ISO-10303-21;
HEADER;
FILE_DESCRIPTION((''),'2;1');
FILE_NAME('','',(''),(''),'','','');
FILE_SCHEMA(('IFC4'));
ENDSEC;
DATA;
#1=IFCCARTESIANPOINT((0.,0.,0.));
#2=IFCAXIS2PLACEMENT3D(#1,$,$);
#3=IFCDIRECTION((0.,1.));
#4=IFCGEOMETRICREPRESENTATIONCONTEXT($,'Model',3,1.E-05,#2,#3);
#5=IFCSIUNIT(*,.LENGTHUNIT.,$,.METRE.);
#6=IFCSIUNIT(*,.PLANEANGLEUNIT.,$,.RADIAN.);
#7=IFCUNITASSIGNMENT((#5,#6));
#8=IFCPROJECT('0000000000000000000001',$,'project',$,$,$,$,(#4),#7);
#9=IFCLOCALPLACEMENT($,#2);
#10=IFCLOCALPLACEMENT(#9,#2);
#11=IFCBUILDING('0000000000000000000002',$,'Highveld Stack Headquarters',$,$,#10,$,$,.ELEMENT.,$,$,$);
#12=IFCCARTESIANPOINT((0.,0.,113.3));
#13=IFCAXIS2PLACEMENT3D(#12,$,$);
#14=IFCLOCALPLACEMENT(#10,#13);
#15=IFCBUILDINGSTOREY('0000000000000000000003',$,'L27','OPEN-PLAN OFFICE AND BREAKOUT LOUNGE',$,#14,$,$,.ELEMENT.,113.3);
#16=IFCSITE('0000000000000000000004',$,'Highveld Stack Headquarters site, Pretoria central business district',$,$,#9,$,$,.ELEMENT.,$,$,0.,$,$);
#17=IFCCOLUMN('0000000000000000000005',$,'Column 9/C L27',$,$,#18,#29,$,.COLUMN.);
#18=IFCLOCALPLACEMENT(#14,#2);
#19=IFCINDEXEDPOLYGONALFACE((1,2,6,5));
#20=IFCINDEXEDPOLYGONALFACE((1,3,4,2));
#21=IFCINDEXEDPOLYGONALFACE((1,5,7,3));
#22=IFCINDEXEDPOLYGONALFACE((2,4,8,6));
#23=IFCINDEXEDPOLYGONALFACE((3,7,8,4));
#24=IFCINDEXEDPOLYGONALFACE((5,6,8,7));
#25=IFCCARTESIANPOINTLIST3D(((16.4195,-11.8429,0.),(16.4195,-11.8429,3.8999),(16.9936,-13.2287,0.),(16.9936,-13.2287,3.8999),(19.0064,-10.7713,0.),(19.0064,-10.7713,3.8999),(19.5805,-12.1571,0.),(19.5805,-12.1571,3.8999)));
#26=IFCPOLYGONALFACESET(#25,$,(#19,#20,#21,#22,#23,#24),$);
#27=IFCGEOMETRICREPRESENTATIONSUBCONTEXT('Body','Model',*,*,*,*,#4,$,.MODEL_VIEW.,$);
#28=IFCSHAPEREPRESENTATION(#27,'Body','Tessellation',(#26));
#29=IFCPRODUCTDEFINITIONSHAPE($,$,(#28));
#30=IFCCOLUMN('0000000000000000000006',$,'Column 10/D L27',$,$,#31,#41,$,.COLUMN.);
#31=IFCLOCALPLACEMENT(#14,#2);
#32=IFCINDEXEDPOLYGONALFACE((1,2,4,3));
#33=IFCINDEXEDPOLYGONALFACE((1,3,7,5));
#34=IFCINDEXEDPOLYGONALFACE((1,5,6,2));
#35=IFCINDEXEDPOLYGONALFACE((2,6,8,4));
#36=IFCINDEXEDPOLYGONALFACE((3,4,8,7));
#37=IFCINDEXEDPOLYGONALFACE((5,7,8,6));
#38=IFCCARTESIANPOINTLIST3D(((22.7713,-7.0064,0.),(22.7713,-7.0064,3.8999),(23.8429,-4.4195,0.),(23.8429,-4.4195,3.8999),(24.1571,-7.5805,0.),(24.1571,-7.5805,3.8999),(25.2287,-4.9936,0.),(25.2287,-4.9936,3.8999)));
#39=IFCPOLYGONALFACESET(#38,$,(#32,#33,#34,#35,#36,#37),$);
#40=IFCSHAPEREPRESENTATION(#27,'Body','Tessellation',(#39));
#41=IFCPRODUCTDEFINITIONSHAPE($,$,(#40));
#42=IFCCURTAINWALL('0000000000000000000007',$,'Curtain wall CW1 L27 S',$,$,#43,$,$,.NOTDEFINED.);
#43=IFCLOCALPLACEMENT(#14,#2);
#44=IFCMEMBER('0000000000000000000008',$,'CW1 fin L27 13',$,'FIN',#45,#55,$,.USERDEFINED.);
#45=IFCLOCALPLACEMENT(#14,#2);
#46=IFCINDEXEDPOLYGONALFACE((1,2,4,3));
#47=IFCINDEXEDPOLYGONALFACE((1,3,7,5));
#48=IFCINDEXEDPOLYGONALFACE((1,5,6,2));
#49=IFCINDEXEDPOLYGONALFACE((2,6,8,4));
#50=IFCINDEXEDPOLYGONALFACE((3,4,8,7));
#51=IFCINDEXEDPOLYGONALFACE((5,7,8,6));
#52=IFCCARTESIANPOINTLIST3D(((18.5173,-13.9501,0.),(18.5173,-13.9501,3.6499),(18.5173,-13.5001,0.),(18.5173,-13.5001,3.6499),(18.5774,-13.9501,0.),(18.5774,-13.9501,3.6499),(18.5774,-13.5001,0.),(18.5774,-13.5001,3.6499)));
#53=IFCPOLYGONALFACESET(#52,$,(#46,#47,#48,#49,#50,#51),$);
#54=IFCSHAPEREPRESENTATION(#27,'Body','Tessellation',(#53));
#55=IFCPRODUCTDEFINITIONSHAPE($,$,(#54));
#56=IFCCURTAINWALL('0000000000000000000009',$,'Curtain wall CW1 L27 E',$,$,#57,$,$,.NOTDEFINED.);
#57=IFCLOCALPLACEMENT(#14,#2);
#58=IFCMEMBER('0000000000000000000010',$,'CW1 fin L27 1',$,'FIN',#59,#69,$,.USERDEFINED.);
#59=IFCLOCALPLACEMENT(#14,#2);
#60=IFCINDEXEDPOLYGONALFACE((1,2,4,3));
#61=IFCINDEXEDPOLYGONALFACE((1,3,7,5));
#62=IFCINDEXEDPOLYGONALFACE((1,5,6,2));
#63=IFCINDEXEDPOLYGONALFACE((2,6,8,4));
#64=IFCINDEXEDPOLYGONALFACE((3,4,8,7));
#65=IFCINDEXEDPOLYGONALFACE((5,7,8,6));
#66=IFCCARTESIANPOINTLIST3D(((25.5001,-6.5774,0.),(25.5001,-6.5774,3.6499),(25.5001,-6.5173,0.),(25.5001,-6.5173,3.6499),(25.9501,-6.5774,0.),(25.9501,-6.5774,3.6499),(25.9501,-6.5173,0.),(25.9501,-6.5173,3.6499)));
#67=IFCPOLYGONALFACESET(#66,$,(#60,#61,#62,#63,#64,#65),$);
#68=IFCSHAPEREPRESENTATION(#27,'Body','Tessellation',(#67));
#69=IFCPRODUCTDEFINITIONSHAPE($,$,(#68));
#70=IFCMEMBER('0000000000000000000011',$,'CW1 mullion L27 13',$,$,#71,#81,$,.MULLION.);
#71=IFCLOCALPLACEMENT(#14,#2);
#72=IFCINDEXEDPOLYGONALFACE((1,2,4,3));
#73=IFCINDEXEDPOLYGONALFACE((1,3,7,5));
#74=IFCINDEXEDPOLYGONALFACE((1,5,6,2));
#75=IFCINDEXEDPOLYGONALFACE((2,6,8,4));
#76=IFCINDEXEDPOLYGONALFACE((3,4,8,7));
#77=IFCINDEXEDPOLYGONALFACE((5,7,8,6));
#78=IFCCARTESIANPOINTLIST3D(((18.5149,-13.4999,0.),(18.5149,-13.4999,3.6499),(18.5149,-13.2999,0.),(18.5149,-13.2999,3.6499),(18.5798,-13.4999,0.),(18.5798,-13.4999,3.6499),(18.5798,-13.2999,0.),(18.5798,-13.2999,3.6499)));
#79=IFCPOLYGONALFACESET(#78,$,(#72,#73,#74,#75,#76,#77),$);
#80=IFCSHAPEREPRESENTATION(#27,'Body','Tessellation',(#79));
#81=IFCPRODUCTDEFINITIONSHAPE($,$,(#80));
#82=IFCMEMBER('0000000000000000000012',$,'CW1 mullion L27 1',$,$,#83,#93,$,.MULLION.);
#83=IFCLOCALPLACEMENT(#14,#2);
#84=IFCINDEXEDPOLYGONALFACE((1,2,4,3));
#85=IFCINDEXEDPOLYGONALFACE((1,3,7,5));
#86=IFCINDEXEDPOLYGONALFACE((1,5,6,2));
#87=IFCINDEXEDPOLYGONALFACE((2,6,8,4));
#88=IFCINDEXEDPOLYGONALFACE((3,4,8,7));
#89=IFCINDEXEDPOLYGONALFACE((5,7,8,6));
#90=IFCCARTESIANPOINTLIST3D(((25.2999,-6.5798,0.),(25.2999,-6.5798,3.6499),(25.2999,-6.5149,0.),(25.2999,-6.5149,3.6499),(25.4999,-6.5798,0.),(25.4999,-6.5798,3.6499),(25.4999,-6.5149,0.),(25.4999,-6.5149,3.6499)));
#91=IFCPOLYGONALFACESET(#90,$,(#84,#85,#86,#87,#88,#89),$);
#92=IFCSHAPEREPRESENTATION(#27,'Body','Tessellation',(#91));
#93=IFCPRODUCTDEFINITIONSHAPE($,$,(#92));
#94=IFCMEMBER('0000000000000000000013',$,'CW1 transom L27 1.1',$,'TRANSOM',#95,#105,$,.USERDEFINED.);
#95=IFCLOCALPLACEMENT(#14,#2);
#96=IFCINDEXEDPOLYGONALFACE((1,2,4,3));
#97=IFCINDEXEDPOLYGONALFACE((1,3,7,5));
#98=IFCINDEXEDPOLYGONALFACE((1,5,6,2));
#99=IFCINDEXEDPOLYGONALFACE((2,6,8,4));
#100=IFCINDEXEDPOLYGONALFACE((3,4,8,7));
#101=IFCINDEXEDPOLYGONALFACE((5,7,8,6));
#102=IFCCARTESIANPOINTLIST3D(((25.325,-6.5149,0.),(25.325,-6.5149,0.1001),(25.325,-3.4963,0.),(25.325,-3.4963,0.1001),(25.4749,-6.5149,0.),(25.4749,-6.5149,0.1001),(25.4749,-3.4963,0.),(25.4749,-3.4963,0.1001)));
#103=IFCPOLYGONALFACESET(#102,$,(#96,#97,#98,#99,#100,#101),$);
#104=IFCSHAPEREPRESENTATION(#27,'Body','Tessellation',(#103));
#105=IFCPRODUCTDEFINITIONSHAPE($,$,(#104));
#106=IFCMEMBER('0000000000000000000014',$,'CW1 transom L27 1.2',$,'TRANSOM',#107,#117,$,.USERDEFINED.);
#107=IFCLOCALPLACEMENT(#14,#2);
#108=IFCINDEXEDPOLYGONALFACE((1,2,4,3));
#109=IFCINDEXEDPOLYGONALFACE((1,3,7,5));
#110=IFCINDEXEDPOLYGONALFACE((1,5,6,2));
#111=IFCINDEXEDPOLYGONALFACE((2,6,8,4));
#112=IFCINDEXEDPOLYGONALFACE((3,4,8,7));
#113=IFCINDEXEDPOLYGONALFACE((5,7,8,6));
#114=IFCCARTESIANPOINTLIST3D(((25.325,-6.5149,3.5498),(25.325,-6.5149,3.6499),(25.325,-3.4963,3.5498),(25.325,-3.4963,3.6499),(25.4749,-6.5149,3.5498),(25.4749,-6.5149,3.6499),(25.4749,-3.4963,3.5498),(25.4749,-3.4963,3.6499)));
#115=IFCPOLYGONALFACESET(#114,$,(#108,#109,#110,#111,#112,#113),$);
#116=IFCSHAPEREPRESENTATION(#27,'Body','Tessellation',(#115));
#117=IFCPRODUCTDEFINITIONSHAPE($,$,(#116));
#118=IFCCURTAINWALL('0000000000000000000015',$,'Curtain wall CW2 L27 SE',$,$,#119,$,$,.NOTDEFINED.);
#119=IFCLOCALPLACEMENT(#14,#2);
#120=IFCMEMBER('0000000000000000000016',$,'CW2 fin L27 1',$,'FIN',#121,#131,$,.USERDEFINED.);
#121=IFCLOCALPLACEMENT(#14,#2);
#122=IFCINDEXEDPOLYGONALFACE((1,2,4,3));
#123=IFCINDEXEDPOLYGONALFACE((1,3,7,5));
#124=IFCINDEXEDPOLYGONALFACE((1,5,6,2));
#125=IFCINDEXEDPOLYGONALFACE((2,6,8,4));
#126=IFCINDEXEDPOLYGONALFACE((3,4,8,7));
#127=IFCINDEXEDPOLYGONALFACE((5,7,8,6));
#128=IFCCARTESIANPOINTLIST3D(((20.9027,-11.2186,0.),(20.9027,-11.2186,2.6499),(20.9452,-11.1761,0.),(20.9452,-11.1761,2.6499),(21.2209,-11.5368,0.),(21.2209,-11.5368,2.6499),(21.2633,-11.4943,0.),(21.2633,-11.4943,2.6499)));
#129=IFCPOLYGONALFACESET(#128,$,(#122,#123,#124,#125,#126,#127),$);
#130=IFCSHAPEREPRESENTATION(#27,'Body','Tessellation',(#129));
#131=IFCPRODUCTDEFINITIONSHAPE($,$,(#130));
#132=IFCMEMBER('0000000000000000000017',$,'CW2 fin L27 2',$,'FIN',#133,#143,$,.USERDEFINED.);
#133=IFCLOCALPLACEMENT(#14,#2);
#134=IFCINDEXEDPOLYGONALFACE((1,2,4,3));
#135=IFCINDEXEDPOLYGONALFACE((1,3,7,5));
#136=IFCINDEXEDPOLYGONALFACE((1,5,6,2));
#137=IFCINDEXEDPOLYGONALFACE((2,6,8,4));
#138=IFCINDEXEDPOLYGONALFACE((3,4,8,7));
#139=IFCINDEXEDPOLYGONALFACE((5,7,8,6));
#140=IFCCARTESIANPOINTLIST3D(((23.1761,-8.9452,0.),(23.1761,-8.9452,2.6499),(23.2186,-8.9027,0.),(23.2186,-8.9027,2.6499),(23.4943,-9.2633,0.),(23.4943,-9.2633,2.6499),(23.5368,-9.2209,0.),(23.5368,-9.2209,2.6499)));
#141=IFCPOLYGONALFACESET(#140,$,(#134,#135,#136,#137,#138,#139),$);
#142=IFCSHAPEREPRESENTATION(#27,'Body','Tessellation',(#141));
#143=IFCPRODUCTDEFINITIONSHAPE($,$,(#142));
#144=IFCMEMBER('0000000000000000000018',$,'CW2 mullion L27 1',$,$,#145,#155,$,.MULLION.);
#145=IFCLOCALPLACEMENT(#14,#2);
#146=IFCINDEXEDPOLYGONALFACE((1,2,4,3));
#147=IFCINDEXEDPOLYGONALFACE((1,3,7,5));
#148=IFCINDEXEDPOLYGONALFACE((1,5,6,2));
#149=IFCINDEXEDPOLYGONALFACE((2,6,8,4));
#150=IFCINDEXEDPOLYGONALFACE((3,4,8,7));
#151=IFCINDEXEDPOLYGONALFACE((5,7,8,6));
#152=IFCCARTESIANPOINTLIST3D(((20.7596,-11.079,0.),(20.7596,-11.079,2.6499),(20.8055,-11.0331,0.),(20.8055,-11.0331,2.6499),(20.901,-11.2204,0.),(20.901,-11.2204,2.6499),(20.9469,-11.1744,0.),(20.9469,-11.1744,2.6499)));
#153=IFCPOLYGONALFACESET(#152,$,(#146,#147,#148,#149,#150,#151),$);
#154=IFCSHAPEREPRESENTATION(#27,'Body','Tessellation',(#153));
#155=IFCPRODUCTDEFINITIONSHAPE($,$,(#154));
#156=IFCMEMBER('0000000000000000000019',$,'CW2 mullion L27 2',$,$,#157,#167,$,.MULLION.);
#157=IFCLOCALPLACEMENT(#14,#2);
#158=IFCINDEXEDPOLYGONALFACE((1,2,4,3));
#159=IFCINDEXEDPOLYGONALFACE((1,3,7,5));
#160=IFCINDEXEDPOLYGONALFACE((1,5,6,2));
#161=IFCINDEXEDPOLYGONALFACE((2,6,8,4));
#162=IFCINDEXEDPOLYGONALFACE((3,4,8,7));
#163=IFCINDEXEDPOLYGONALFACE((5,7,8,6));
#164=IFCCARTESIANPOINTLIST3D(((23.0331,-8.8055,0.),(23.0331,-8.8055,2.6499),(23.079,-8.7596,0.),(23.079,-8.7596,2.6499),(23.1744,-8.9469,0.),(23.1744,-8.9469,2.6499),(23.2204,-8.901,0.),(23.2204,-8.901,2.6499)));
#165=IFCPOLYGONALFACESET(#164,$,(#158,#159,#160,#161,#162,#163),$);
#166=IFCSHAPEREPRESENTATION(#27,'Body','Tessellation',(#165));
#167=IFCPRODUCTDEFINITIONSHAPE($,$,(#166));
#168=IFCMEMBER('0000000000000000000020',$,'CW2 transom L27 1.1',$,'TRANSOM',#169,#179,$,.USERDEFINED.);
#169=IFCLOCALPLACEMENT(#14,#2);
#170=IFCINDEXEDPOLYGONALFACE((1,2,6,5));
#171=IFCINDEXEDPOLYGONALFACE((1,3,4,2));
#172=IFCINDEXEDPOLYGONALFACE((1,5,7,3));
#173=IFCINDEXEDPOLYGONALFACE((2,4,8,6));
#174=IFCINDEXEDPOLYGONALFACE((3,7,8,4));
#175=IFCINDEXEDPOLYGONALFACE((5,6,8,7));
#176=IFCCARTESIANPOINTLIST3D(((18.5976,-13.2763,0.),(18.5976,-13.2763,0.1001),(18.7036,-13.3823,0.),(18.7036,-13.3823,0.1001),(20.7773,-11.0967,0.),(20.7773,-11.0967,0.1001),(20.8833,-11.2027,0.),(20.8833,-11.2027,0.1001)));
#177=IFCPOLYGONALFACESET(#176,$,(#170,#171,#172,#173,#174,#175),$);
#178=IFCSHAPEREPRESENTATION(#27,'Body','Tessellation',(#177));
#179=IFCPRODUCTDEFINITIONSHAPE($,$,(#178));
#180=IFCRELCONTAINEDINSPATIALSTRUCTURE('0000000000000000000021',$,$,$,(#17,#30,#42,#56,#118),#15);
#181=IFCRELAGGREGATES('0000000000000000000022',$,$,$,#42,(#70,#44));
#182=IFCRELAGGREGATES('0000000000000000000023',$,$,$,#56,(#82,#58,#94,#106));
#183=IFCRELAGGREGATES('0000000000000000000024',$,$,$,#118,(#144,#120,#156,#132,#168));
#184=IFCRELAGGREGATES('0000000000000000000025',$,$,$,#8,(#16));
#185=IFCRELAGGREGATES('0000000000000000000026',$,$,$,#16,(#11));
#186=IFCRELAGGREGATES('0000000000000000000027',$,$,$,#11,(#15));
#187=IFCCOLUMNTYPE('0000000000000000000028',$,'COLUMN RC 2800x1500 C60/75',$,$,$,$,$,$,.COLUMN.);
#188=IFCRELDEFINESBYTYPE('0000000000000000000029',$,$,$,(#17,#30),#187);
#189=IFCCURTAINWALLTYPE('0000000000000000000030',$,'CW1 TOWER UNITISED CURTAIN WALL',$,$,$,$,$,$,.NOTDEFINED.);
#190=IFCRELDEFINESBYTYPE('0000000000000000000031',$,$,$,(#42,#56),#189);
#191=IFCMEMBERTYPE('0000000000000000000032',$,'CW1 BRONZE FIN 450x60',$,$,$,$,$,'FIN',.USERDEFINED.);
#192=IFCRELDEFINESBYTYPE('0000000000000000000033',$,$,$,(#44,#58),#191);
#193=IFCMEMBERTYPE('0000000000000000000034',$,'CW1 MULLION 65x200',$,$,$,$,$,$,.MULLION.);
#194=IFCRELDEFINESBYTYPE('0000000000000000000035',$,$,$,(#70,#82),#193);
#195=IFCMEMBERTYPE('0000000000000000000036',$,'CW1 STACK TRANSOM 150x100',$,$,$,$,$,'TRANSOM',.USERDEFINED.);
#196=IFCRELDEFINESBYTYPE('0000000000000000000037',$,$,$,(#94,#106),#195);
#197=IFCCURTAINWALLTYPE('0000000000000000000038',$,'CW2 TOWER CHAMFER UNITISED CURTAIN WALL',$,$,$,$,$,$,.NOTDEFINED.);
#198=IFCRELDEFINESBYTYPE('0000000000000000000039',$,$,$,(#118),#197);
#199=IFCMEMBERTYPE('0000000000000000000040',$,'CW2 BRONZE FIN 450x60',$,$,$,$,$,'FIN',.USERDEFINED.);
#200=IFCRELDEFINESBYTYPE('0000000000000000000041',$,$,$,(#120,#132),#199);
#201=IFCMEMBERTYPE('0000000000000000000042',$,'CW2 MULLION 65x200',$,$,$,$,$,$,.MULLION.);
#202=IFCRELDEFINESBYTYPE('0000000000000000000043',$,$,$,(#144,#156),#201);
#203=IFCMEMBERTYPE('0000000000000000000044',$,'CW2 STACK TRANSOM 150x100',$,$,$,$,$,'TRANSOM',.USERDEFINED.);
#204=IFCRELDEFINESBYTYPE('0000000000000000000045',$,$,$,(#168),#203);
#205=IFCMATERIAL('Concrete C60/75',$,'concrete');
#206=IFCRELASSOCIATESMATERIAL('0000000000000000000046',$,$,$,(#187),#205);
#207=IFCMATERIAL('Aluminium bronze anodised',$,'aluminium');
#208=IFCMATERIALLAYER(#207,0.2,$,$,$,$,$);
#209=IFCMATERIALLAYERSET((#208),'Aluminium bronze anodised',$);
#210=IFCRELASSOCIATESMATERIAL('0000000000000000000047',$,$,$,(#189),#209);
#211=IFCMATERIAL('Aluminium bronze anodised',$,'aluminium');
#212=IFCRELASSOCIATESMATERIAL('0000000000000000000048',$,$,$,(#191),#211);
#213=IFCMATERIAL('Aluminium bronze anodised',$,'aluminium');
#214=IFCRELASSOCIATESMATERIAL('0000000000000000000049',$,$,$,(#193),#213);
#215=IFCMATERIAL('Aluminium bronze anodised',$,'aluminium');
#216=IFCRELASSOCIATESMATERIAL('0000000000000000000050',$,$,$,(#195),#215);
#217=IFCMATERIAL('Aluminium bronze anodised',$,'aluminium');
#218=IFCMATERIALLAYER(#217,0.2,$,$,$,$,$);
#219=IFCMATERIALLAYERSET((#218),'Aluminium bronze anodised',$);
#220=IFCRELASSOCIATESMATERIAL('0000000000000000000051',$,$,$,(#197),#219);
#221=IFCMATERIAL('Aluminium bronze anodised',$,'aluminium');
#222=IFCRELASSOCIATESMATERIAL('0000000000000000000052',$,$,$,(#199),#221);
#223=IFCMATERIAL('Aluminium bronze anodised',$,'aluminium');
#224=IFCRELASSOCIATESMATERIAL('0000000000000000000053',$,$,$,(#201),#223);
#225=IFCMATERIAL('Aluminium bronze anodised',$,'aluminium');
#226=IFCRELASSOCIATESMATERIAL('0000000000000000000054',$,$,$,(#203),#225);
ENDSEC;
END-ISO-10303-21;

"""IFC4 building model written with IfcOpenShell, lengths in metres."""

from ifc_helpers import new_model, si_unit, direction, frame, origin, origin_2d, place, context, subcontext, project, spatial, rectangle, extrude, material, layer, layer_set, material_profile, profile_set, type_object, element, aggregate, save


model = new_model("IFC4")

# Units and contexts
model_context = context("Model", 3, precision=1e-05, world=origin(), true_north=direction((0.0, 1.0)))
body_context = subcontext(model_context, "Body", "Model", "MODEL_VIEW")
ifc_project = project(units=[si_unit("LENGTHUNIT", "METRE"), si_unit("PLANEANGLEUNIT", "RADIAN")], contexts=[model_context])

# Site, building, storey
site_placement = place(None, origin())
site = spatial("IfcSite", under=ifc_project, at=site_placement, Name="Highveld Stack Headquarters site, Pretoria central business district", CompositionType="ELEMENT", RefElevation=0.0)
building_placement = place(site_placement, origin())
building = spatial("IfcBuilding", under=site, at=building_placement, Name="Highveld Stack Headquarters", CompositionType="ELEMENT")
storey_placement = place(building_placement, frame((0.0, 0.0, 113.3)))
storey = spatial("IfcBuildingStorey", under=building, at=storey_placement, Name="L27", Description="OPEN-PLAN OFFICE AND BREAKOUT LOUNGE", CompositionType="ELEMENT", Elevation=113.3)

# Columns
ifc_material_1 = material(Name="Concrete C60/75", Category="concrete")
ifc_material_profile_1 = material_profile(ifc_material_1, rectangle(XDim=2.8, YDim=1.5, at=origin_2d()), Name="RC 2800x1500")
ifc_profile_set_1 = profile_set([ifc_material_profile_1], Name="Concrete C60/75")
column_type = type_object("IfcColumnType", Name="COLUMN RC 2800x1500 C60/75", PredefinedType="COLUMN", material=ifc_profile_set_1)
for number, where, z_axis, x_axis, name in (
    (1, (18.0, -12.0, 0.0), (0.0, 0.0, 1.0), (-0.92388, -0.382683, 0.0), "Column 9/C L27"),
    (2, (24.0, -6.0, 0.0), (0.0, 0.0, 1.0), (-0.382683, -0.92388, 0.0), "Column 10/D L27"),
):
    element("IfcColumn", number, at=place(storey_placement, frame(where, z_axis=z_axis, x_axis=x_axis)), inside=storey, type_object=column_type, Name=name, PredefinedType="COLUMN", context=body_context, shape_type="SweptSolid", body=[
        extrude(rectangle(XDim=2.8, YDim=1.5, at=origin_2d()), origin(), (0.0, 0.0, 1.0), 3.8999),
    ])

# Curtain walls, members
ifc_material_2 = material(Name="Aluminium bronze anodised", Category="aluminium")
ifc_layer_1 = layer(ifc_material_2, 0.2)
ifc_layer_set_1 = layer_set([ifc_layer_1], Name="Aluminium bronze anodised")
curtain_wall_type_1 = type_object("IfcCurtainWallType", Name="CW1 TOWER UNITISED CURTAIN WALL", PredefinedType="NOTDEFINED", material=ifc_layer_set_1)
curtain_wall_1_placement = place(storey_placement, origin())
curtain_wall_1 = element("IfcCurtainWall", 3, at=curtain_wall_1_placement, inside=storey, type_object=curtain_wall_type_1, Name="Curtain wall CW1 L27 S", PredefinedType="NOTDEFINED")
ifc_material_3 = material(Name="Aluminium bronze anodised", Category="aluminium")
ifc_material_profile_2 = material_profile(ifc_material_3, rectangle(XDim=0.45, YDim=0.0601, at=origin_2d()), Name="FIN 450x60")
ifc_profile_set_2 = profile_set([ifc_material_profile_2], Name="Aluminium bronze anodised")
member_type_1 = type_object("IfcMemberType", Name="CW1 BRONZE FIN 450x60", ElementType="FIN", PredefinedType="USERDEFINED", material=ifc_profile_set_2)
member_1_placement = place(storey_placement, frame((18.5474, -13.7251, 0.0), z_axis=(0.0, 0.0, 1.0), x_axis=(0.0, 1.0, 0.0)))
member_1 = element("IfcMember", 4, at=member_1_placement, type_object=member_type_1, Name="CW1 fin L27 13", ObjectType="FIN", PredefinedType="USERDEFINED", context=body_context, shape_type="SweptSolid", body=[
    extrude(rectangle(XDim=0.45, YDim=0.0601, at=origin_2d()), origin(), (0.0, 0.0, 1.0), 3.6499),
])
curtain_wall_2_placement = place(storey_placement, origin())
curtain_wall_2 = element("IfcCurtainWall", 5, at=curtain_wall_2_placement, inside=storey, type_object=curtain_wall_type_1, Name="Curtain wall CW1 L27 E", PredefinedType="NOTDEFINED")
member_2_placement = place(storey_placement, frame((25.7251, -6.5474, 0.0), z_axis=(0.0, 0.0, 1.0), x_axis=(-1.0, 0.0, 0.0)))
member_2 = element("IfcMember", 6, at=member_2_placement, type_object=member_type_1, Name="CW1 fin L27 1", ObjectType="FIN", PredefinedType="USERDEFINED", context=body_context, shape_type="SweptSolid", body=[
    extrude(rectangle(XDim=0.45, YDim=0.0601, at=origin_2d()), origin(), (0.0, 0.0, 1.0), 3.6499),
])

# Members
ifc_material_4 = material(Name="Aluminium bronze anodised", Category="aluminium")
ifc_material_profile_3 = material_profile(ifc_material_4, rectangle(XDim=0.2, YDim=0.0649, at=origin_2d()), Name="CW1 MULLION 65x200")
ifc_profile_set_3 = profile_set([ifc_material_profile_3], Name="Aluminium bronze anodised")
member_type_2 = type_object("IfcMemberType", Name="CW1 MULLION 65x200", PredefinedType="MULLION", material=ifc_profile_set_3)
member_3_placement = place(storey_placement, frame((18.5474, -13.3999, 0.0), z_axis=(0.0, 0.0, 1.0), x_axis=(0.0, 1.0, 0.0)))
member_3 = element("IfcMember", 7, at=member_3_placement, type_object=member_type_2, Name="CW1 mullion L27 13", PredefinedType="MULLION", context=body_context, shape_type="SweptSolid", body=[
    extrude(rectangle(XDim=0.2, YDim=0.0649, at=origin_2d()), origin(), (0.0, 0.0, 1.0), 3.6499),
])
member_4_placement = place(storey_placement, frame((25.3999, -6.5474, 0.0), z_axis=(0.0, 0.0, 1.0), x_axis=(-1.0, 0.0, 0.0)))
member_4 = element("IfcMember", 8, at=member_4_placement, type_object=member_type_2, Name="CW1 mullion L27 1", PredefinedType="MULLION", context=body_context, shape_type="SweptSolid", body=[
    extrude(rectangle(XDim=0.2, YDim=0.0649, at=origin_2d()), origin(), (0.0, 0.0, 1.0), 3.6499),
])
ifc_material_5 = material(Name="Aluminium bronze anodised", Category="aluminium")
ifc_material_profile_4 = material_profile(ifc_material_5, rectangle(XDim=0.1499, YDim=0.1001, at=origin_2d()), Name="CW1 TRANSOM 150x100")
ifc_profile_set_4 = profile_set([ifc_material_profile_4], Name="Aluminium bronze anodised")
member_type_3 = type_object("IfcMemberType", Name="CW1 STACK TRANSOM 150x100", ElementType="TRANSOM", PredefinedType="USERDEFINED", material=ifc_profile_set_4)
member_5_placement = place(storey_placement, frame((25.3999, -6.5149, 0.05), z_axis=(0.0, 1.0, 0.0), x_axis=(-1.0, 0.0, 0.0)))
member_5 = element("IfcMember", 9, at=member_5_placement, type_object=member_type_3, Name="CW1 transom L27 1.1", ObjectType="TRANSOM", PredefinedType="USERDEFINED", context=body_context, shape_type="SweptSolid", body=[
    extrude(rectangle(XDim=0.1499, YDim=0.1001, at=origin_2d()), origin(), (0.0, 0.0, 1.0), 3.0186),
])
member_6_placement = place(storey_placement, frame((25.3999, -6.5149, 3.5999), z_axis=(0.0, 1.0, 0.0), x_axis=(-1.0, 0.0, 0.0)))
member_6 = element("IfcMember", 10, at=member_6_placement, type_object=member_type_3, Name="CW1 transom L27 1.2", ObjectType="TRANSOM", PredefinedType="USERDEFINED", context=body_context, shape_type="SweptSolid", body=[
    extrude(rectangle(XDim=0.1499, YDim=0.1001, at=origin_2d()), origin(), (0.0, 0.0, 1.0), 3.0186),
])

# Curtain wall, members
ifc_material_6 = material(Name="Aluminium bronze anodised", Category="aluminium")
ifc_layer_2 = layer(ifc_material_6, 0.2)
ifc_layer_set_2 = layer_set([ifc_layer_2], Name="Aluminium bronze anodised")
curtain_wall_type_2 = type_object("IfcCurtainWallType", Name="CW2 TOWER CHAMFER UNITISED CURTAIN WALL", PredefinedType="NOTDEFINED", material=ifc_layer_set_2)
curtain_wall_3_placement = place(storey_placement, origin())
curtain_wall_3 = element("IfcCurtainWall", 11, at=curtain_wall_3_placement, inside=storey, type_object=curtain_wall_type_2, Name="Curtain wall CW2 L27 SE", PredefinedType="NOTDEFINED")
ifc_material_7 = material(Name="Aluminium bronze anodised", Category="aluminium")
ifc_material_profile_5 = material_profile(ifc_material_7, rectangle(XDim=0.45, YDim=0.0601, at=origin_2d()), Name="FIN 450x60")
ifc_profile_set_5 = profile_set([ifc_material_profile_5], Name="Aluminium bronze anodised")
member_type_4 = type_object("IfcMemberType", Name="CW2 BRONZE FIN 450x60", ElementType="FIN", PredefinedType="USERDEFINED", material=ifc_profile_set_5)
member_7_placement = place(storey_placement, frame((21.083, -11.3564, 0.0), z_axis=(0.0, 0.0, 1.0), x_axis=(-0.707107, 0.707107, 0.0)))
member_7 = element("IfcMember", 12, at=member_7_placement, type_object=member_type_4, Name="CW2 fin L27 1", ObjectType="FIN", PredefinedType="USERDEFINED", context=body_context, shape_type="SweptSolid", body=[
    extrude(rectangle(XDim=0.45, YDim=0.0601, at=origin_2d()), origin(), (0.0, 0.0, 1.0), 2.6499),
])
member_8_placement = place(storey_placement, frame((23.3564, -9.083, 0.0), z_axis=(0.0, 0.0, 1.0), x_axis=(-0.707107, 0.707107, 0.0)))
member_8 = element("IfcMember", 13, at=member_8_placement, type_object=member_type_4, Name="CW2 fin L27 2", ObjectType="FIN", PredefinedType="USERDEFINED", context=body_context, shape_type="SweptSolid", body=[
    extrude(rectangle(XDim=0.45, YDim=0.0601, at=origin_2d()), origin(), (0.0, 0.0, 1.0), 2.6499),
])
ifc_material_8 = material(Name="Aluminium bronze anodised", Category="aluminium")
ifc_material_profile_6 = material_profile(ifc_material_8, rectangle(XDim=0.2, YDim=0.0649, at=origin_2d()), Name="CW2 MULLION 65x200")
ifc_profile_set_6 = profile_set([ifc_material_profile_6], Name="Aluminium bronze anodised")
member_type_5 = type_object("IfcMemberType", Name="CW2 MULLION 65x200", PredefinedType="MULLION", material=ifc_profile_set_6)
member_9_placement = place(storey_placement, frame((20.8533, -11.1267, 0.0), z_axis=(0.0, 0.0, 1.0), x_axis=(-0.707107, 0.707107, 0.0)))
member_9 = element("IfcMember", 14, at=member_9_placement, type_object=member_type_5, Name="CW2 mullion L27 1", PredefinedType="MULLION", context=body_context, shape_type="SweptSolid", body=[
    extrude(rectangle(XDim=0.2, YDim=0.0649, at=origin_2d()), origin(), (0.0, 0.0, 1.0), 2.6499),
])
member_10_placement = place(storey_placement, frame((23.1267, -8.8533, 0.0), z_axis=(0.0, 0.0, 1.0), x_axis=(-0.707107, 0.707107, 0.0)))
member_10 = element("IfcMember", 15, at=member_10_placement, type_object=member_type_5, Name="CW2 mullion L27 2", PredefinedType="MULLION", context=body_context, shape_type="SweptSolid", body=[
    extrude(rectangle(XDim=0.2, YDim=0.0649, at=origin_2d()), origin(), (0.0, 0.0, 1.0), 2.6499),
])
ifc_material_9 = material(Name="Aluminium bronze anodised", Category="aluminium")
ifc_material_profile_7 = material_profile(ifc_material_9, rectangle(XDim=0.1499, YDim=0.1001, at=origin_2d()), Name="CW2 TRANSOM 150x100")
ifc_profile_set_7 = profile_set([ifc_material_profile_7], Name="Aluminium bronze anodised")
member_type_6 = type_object("IfcMemberType", Name="CW2 STACK TRANSOM 150x100", ElementType="TRANSOM", PredefinedType="USERDEFINED", material=ifc_profile_set_7)
member_11_placement = place(storey_placement, frame((18.6506, -13.3293, 0.05), z_axis=(0.707107, 0.707107, 0.0), x_axis=(-0.707107, 0.707107, 0.0)))
member_11 = element("IfcMember", 16, at=member_11_placement, type_object=member_type_6, Name="CW2 transom L27 1.1", ObjectType="TRANSOM", PredefinedType="USERDEFINED", context=body_context, shape_type="SweptSolid", body=[
    extrude(rectangle(XDim=0.1499, YDim=0.1001, at=origin_2d()), origin(), (0.0, 0.0, 1.0), 3.0825),
])

aggregate(curtain_wall_1, [member_3, member_1])
aggregate(curtain_wall_2, [member_4, member_2, member_5, member_6])
aggregate(curtain_wall_3, [member_9, member_7, member_10, member_8, member_11])

save(model, "model.ifc")
